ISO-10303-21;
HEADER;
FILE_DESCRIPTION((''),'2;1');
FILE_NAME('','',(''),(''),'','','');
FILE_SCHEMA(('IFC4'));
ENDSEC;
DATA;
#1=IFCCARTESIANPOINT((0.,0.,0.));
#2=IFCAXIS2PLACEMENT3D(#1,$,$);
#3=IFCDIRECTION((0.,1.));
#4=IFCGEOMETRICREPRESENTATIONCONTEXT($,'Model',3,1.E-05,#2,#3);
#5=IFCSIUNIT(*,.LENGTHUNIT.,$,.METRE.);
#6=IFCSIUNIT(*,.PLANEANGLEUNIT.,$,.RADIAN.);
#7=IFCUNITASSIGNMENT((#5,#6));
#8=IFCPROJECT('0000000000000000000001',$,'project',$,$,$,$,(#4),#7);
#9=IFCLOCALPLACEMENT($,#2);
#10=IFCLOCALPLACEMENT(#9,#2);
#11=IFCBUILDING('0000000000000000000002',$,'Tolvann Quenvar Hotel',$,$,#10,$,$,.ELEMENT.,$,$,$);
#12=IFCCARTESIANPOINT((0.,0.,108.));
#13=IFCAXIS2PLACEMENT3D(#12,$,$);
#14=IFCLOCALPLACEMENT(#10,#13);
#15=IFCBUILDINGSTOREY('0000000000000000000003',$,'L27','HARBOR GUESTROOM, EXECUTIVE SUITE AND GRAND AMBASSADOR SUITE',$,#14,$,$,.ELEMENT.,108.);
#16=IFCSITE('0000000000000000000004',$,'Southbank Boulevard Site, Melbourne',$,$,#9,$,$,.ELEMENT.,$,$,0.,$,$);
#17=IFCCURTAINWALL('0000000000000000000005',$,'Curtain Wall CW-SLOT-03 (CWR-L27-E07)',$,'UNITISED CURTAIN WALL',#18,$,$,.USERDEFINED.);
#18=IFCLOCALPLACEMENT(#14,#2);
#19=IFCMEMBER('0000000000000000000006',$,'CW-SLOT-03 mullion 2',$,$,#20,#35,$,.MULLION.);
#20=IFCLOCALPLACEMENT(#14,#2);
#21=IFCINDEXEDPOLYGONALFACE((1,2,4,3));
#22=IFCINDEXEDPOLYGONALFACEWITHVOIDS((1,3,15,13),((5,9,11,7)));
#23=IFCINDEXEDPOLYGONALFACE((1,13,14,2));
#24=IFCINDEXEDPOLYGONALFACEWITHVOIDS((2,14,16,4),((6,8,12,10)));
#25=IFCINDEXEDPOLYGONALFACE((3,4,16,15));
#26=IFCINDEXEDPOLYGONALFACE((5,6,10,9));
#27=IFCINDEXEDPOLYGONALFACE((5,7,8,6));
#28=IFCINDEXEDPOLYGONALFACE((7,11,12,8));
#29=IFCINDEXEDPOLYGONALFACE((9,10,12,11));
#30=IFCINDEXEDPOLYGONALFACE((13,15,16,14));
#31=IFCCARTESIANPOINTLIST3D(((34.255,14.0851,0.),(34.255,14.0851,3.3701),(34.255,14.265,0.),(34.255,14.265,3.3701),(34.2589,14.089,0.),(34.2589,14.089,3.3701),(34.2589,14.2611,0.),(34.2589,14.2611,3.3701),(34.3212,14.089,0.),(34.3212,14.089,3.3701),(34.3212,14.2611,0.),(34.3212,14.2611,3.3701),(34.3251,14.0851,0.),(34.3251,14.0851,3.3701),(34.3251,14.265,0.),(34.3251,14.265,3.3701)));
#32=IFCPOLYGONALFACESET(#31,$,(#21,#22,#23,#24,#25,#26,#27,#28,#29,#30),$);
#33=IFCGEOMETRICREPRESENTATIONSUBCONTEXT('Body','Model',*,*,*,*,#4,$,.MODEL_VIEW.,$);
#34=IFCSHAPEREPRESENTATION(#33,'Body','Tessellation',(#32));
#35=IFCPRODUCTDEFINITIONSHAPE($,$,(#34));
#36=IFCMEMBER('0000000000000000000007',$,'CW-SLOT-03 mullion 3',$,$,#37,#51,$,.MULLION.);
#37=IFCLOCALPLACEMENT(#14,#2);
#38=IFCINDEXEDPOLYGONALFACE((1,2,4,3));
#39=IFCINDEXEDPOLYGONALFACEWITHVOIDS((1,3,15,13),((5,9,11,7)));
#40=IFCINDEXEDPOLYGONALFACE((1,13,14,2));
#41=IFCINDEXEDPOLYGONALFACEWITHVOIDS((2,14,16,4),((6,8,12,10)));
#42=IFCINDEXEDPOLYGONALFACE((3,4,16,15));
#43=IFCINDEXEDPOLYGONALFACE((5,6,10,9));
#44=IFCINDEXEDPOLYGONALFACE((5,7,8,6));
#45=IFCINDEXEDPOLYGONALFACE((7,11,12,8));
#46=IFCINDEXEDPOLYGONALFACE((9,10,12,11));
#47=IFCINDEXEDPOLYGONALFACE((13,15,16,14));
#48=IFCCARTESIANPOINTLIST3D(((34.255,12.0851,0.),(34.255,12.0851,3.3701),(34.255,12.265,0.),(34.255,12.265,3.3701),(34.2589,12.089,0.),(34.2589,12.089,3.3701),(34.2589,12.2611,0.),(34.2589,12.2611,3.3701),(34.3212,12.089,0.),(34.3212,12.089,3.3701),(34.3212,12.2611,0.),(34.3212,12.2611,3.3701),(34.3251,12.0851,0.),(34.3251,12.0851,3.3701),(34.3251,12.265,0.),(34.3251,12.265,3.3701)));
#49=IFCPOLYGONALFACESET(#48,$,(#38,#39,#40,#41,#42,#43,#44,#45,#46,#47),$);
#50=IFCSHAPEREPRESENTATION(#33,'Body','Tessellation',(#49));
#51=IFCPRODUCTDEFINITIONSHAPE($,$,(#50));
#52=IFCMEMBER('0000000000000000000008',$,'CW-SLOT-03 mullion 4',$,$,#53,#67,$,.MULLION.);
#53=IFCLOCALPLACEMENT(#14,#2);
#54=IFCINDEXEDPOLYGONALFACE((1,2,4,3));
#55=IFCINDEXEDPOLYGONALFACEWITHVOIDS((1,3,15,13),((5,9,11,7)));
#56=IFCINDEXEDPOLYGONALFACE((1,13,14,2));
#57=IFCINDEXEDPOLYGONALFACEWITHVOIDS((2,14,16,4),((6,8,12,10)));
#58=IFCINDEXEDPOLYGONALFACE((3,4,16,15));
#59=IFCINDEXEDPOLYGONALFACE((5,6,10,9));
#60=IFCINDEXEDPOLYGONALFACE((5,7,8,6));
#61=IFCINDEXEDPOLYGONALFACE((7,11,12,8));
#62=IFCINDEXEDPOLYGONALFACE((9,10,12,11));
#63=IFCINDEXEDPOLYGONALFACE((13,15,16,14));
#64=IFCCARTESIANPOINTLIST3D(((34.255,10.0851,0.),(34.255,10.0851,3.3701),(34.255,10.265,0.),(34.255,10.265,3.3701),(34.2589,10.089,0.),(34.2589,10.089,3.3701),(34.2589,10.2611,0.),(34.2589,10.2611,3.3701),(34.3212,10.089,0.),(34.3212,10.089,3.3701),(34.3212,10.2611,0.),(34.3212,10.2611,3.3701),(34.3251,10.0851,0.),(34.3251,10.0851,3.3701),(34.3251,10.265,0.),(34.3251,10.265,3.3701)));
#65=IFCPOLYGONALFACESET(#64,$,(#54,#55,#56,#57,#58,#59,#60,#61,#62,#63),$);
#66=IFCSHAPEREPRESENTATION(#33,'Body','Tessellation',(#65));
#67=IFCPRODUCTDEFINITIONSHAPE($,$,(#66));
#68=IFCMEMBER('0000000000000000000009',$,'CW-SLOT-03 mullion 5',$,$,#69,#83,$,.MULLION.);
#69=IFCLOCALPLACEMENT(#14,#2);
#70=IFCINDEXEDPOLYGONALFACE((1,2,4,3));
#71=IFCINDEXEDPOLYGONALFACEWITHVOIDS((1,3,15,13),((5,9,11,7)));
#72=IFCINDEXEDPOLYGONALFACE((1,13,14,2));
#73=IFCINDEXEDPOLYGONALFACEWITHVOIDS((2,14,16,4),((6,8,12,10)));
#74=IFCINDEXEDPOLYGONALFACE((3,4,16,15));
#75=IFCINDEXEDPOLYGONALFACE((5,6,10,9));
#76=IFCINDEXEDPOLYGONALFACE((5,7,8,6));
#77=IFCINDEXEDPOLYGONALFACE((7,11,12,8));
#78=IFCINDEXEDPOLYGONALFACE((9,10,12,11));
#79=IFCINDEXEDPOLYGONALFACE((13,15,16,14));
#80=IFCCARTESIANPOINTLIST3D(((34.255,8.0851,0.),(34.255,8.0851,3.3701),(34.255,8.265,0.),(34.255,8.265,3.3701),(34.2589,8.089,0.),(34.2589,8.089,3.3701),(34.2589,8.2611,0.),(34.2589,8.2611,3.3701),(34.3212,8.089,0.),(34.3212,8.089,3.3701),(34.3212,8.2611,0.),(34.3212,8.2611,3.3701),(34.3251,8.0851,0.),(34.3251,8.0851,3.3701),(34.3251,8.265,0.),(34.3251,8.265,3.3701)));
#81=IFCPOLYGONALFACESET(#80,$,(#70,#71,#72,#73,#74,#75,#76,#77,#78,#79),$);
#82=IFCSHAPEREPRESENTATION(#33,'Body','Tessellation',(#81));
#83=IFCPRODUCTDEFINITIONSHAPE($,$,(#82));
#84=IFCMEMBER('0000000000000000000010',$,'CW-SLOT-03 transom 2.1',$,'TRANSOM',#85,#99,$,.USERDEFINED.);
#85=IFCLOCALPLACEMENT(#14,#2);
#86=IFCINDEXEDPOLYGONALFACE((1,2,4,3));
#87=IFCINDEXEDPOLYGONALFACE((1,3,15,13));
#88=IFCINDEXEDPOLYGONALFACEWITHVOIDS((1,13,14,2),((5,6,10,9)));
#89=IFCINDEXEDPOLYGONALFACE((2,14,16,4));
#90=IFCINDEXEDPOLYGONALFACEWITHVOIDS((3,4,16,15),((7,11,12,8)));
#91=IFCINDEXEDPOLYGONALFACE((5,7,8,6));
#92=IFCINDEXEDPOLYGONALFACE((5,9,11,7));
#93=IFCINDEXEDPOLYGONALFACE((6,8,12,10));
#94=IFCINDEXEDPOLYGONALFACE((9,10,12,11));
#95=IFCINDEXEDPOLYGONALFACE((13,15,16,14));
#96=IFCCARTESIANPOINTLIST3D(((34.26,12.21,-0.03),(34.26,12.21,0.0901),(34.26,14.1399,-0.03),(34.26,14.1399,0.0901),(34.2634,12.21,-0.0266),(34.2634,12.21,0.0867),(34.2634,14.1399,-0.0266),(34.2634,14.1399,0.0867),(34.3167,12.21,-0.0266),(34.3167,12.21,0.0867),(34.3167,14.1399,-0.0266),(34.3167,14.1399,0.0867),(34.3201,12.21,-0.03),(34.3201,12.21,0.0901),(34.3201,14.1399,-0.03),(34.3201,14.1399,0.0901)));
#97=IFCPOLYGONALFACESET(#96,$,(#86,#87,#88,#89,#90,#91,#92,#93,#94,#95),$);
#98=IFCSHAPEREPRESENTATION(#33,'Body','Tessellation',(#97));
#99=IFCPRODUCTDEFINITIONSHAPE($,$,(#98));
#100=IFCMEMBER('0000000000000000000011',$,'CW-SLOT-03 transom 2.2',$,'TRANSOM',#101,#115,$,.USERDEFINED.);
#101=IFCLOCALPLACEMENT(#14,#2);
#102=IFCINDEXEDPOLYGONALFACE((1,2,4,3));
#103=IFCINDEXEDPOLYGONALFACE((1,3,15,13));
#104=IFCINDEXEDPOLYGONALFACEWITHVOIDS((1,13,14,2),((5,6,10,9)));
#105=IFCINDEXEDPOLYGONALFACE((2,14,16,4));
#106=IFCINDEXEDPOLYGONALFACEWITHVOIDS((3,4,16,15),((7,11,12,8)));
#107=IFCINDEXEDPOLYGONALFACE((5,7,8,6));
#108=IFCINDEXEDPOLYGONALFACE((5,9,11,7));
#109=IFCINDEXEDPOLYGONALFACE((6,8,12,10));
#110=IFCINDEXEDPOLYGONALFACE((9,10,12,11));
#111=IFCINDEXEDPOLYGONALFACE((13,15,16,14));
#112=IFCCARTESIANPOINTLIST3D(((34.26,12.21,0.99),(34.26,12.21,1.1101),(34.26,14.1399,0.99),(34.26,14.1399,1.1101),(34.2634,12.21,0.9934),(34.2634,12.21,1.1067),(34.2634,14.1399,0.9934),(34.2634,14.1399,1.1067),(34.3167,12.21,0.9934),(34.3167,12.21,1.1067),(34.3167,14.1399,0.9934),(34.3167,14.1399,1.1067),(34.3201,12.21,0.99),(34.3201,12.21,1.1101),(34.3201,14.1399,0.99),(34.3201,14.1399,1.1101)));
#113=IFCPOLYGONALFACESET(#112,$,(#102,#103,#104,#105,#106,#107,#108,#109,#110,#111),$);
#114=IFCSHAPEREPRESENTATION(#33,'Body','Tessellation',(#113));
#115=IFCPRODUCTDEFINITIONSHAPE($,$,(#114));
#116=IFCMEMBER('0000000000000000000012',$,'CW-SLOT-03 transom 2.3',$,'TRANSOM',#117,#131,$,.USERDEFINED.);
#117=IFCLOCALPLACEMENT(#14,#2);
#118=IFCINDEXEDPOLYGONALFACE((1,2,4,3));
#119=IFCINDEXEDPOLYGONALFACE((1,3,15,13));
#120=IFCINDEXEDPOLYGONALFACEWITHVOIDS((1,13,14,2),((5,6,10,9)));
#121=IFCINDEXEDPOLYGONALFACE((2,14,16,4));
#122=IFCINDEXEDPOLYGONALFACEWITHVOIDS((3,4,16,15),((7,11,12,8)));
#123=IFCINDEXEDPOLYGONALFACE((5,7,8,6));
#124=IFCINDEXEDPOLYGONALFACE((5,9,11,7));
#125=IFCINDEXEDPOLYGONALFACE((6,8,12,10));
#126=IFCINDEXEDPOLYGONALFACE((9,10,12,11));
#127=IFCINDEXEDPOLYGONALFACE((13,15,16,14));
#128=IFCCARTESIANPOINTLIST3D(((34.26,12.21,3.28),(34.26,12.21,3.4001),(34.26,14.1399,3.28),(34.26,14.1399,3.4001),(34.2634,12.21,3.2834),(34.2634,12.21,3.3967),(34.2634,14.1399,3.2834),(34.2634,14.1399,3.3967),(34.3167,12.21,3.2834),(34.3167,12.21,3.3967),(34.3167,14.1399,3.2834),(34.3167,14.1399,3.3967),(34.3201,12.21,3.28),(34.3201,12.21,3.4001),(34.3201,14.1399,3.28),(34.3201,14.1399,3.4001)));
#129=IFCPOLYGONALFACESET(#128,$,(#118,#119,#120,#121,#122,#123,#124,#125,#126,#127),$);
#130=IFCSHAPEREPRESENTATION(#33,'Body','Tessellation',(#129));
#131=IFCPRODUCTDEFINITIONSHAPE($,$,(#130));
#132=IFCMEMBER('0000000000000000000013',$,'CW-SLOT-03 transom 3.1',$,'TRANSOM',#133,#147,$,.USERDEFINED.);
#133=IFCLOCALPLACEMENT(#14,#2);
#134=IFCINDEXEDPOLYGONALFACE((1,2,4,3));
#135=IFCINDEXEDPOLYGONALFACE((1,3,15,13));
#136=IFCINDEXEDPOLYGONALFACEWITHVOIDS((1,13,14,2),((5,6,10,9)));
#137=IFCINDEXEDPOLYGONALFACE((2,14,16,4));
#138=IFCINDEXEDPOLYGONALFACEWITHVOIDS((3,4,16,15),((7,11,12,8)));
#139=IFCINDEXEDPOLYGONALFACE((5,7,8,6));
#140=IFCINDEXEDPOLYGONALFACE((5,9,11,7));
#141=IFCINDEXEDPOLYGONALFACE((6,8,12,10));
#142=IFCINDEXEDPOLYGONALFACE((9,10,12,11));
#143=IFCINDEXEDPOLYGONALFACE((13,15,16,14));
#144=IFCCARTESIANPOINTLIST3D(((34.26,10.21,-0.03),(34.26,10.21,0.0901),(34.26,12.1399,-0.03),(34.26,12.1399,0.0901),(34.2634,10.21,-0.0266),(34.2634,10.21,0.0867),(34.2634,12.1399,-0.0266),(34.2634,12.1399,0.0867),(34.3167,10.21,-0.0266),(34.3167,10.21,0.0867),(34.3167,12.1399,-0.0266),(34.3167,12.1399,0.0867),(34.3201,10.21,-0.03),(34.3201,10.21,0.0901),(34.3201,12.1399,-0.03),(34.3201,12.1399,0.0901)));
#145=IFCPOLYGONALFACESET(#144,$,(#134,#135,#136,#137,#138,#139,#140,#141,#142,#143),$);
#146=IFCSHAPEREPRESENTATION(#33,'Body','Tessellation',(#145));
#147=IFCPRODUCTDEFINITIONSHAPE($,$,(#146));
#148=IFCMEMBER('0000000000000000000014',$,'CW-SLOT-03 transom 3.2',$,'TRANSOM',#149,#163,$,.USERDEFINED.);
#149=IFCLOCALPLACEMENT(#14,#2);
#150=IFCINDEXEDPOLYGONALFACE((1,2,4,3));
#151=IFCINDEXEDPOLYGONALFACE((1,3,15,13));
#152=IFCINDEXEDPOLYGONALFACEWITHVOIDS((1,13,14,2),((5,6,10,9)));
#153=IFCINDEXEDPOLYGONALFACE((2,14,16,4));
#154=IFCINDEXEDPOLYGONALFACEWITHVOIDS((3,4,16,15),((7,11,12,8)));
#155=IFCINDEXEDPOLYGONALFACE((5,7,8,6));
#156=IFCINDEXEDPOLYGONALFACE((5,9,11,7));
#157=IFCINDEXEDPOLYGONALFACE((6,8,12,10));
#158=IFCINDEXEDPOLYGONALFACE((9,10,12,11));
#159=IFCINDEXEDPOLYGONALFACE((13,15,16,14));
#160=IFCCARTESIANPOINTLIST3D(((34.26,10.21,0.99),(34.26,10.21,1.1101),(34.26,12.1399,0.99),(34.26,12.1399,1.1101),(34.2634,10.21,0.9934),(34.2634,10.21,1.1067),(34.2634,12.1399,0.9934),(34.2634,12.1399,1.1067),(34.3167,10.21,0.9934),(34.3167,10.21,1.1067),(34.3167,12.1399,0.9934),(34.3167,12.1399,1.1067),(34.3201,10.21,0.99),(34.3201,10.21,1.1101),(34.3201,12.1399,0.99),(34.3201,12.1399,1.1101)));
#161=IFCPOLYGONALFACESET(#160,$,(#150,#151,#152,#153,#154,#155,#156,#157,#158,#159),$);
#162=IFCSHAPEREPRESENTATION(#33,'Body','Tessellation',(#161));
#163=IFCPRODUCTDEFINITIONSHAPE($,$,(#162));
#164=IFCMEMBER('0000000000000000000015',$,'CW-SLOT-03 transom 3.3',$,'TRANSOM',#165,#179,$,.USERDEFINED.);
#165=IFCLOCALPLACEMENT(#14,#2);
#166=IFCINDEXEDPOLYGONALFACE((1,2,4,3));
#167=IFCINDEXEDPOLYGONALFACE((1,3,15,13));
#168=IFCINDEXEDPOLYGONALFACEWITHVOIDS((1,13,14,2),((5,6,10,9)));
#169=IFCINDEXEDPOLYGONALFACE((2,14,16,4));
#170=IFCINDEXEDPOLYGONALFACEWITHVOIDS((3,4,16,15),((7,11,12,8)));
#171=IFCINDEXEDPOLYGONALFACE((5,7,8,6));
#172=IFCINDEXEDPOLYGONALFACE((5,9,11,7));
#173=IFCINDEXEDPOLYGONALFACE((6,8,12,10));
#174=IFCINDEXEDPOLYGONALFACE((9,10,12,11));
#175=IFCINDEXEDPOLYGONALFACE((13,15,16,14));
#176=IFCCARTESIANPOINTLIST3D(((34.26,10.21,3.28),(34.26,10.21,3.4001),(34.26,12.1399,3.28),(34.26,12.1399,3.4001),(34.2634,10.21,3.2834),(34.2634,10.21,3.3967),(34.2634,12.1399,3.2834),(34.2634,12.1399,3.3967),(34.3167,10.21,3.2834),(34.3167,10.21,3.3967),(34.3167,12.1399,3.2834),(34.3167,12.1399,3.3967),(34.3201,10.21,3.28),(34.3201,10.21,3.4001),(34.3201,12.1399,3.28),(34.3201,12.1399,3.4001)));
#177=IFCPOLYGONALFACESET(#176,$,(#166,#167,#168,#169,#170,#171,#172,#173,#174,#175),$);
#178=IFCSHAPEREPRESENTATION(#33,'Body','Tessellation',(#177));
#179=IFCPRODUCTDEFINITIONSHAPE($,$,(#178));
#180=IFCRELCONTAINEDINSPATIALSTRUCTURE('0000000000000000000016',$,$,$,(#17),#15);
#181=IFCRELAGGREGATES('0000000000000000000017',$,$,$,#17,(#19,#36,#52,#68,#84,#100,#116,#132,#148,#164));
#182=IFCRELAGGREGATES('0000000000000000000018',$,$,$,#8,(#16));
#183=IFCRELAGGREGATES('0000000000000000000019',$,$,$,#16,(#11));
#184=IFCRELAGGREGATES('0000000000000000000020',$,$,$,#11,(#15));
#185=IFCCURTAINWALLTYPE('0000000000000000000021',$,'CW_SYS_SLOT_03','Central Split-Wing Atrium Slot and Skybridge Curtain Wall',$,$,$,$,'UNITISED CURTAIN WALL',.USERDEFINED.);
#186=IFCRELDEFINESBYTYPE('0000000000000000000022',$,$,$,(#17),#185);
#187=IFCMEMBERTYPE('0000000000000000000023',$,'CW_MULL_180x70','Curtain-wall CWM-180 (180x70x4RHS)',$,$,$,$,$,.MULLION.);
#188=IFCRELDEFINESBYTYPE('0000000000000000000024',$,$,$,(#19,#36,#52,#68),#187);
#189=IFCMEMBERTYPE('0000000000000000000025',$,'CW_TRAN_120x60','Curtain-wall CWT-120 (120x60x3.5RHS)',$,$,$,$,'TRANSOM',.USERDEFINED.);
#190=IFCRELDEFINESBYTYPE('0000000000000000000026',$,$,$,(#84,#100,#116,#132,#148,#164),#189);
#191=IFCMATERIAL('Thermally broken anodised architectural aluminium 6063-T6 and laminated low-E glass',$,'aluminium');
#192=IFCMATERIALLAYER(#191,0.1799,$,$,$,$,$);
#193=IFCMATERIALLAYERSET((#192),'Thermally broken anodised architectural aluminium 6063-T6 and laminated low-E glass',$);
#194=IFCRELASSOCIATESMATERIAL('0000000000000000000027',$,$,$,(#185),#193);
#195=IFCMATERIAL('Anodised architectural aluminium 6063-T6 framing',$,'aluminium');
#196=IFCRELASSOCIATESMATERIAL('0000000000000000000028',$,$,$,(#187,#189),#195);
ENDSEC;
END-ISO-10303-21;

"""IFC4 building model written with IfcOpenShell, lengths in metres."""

from ifc_helpers import new_model, si_unit, direction, frame, origin, origin_2d, place, context, subcontext, project, spatial, hollow_rectangle, extrude, source, transform, mapped, material, layer, layer_set, material_profile, profile_set, type_object, type_shapes, element, aggregate, save


model = new_model("IFC4")

# Units and contexts
model_context = context("Model", 3, precision=1e-05, world=origin(), true_north=direction((0.0, 1.0)))
body_context = subcontext(model_context, "Body", "Model", "MODEL_VIEW")
ifc_project = project(units=[si_unit("LENGTHUNIT", "METRE"), si_unit("PLANEANGLEUNIT", "RADIAN")], contexts=[model_context])

# Site, building, storey
site_placement = place(None, origin())
site = spatial("IfcSite", under=ifc_project, at=site_placement, Name="Southbank Boulevard Site, Melbourne", CompositionType="ELEMENT", RefElevation=0.0)
building_placement = place(site_placement, origin())
building = spatial("IfcBuilding", under=site, at=building_placement, Name="Tolvann Quenvar Hotel", CompositionType="ELEMENT")
storey_placement = place(building_placement, frame((0.0, 0.0, 108.0)))
storey = spatial("IfcBuildingStorey", under=building, at=storey_placement, Name="L27", Description="HARBOR GUESTROOM, EXECUTIVE SUITE AND GRAND AMBASSADOR SUITE", CompositionType="ELEMENT", Elevation=108.0)

# Curtain wall, members
ifc_material_1 = material(Name="Thermally broken anodised architectural aluminium 6063-T6 and laminated low-E glass", Category="aluminium")
ifc_layer_1 = layer(ifc_material_1, 0.1799)
ifc_layer_set_1 = layer_set([ifc_layer_1], Name="Thermally broken anodised architectural aluminium 6063-T6 and laminated low-E glass")
curtain_wall_type = type_object("IfcCurtainWallType", Name="CW_SYS_SLOT_03", Description="Central Split-Wing Atrium Slot and Skybridge Curtain Wall", ElementType="UNITISED CURTAIN WALL", PredefinedType="USERDEFINED", material=ifc_layer_set_1)
curtain_wall_placement = place(storey_placement, origin())
curtain_wall = element("IfcCurtainWall", 1, at=curtain_wall_placement, inside=storey, type_object=curtain_wall_type, Name="Curtain Wall CW-SLOT-03 (CWR-L27-E07)", ObjectType="UNITISED CURTAIN WALL", PredefinedType="USERDEFINED")
ifc_material_2 = material(Name="Anodised architectural aluminium 6063-T6 framing", Category="aluminium")
ifc_material_profile_1 = material_profile(ifc_material_2, hollow_rectangle(XDim=0.0701, YDim=0.1799, WallThickness=0.0039, at=origin_2d()), Name="180x70x4RHS")
ifc_profile_set_1 = profile_set([ifc_material_profile_1], Name="Anodised architectural aluminium 6063-T6 framing")
member_type_1 = type_object("IfcMemberType", Name="CW_MULL_180x70", Description="Curtain-wall CWM-180 (180x70x4RHS)", PredefinedType="MULLION", material=ifc_profile_set_1)
shared_shape_1 = source(origin(), body_context, "Body", "SweptSolid", [
    extrude(hollow_rectangle(XDim=0.0701, YDim=0.1799, WallThickness=0.0039, at=origin_2d()), origin(), (0.0, 0.0, 1.0), 3.3701),
])
type_shapes(member_type_1, [shared_shape_1])
member_1_placement = place(storey_placement, frame((34.29, 14.175, 0.0), z_axis=(0.0, 0.0, 1.0), x_axis=(1.0, 0.0, 0.0)))
member_1 = element("IfcMember", 2, at=member_1_placement, type_object=member_type_1, Name="CW-SLOT-03 mullion 2", PredefinedType="MULLION", context=body_context, shape_type="MappedRepresentation", body=[
    mapped(shared_shape_1, transform((0.0, 0.0, 0.0), x_axis=(1.0, 0.0, 0.0), y_axis=(0.0, 1.0, 0.0), z_axis=(0.0, 0.0, 1.0), scale=1.0)),
])
member_2_placement = place(storey_placement, frame((34.29, 12.175, 0.0), z_axis=(0.0, 0.0, 1.0), x_axis=(1.0, 0.0, 0.0)))
member_2 = element("IfcMember", 3, at=member_2_placement, type_object=member_type_1, Name="CW-SLOT-03 mullion 3", PredefinedType="MULLION", context=body_context, shape_type="MappedRepresentation", body=[
    mapped(shared_shape_1, transform((0.0, 0.0, 0.0), x_axis=(1.0, 0.0, 0.0), y_axis=(0.0, 1.0, 0.0), z_axis=(0.0, 0.0, 1.0), scale=1.0)),
])
member_3_placement = place(storey_placement, frame((34.29, 10.175, 0.0), z_axis=(0.0, 0.0, 1.0), x_axis=(1.0, 0.0, 0.0)))
member_3 = element("IfcMember", 4, at=member_3_placement, type_object=member_type_1, Name="CW-SLOT-03 mullion 4", PredefinedType="MULLION", context=body_context, shape_type="MappedRepresentation", body=[
    mapped(shared_shape_1, transform((0.0, 0.0, 0.0), x_axis=(1.0, 0.0, 0.0), y_axis=(0.0, 1.0, 0.0), z_axis=(0.0, 0.0, 1.0), scale=1.0)),
])
member_4_placement = place(storey_placement, frame((34.29, 8.175, 0.0), z_axis=(0.0, 0.0, 1.0), x_axis=(1.0, 0.0, 0.0)))
member_4 = element("IfcMember", 5, at=member_4_placement, type_object=member_type_1, Name="CW-SLOT-03 mullion 5", PredefinedType="MULLION", context=body_context, shape_type="MappedRepresentation", body=[
    mapped(shared_shape_1, transform((0.0, 0.0, 0.0), x_axis=(1.0, 0.0, 0.0), y_axis=(0.0, 1.0, 0.0), z_axis=(0.0, 0.0, 1.0), scale=1.0)),
])
ifc_material_profile_2 = material_profile(ifc_material_2, hollow_rectangle(XDim=0.0601, YDim=0.1201, WallThickness=0.0034, at=origin_2d()), Name="120x60x3.5RHS")
ifc_profile_set_2 = profile_set([ifc_material_profile_2], Name="Anodised architectural aluminium 6063-T6 framing")
member_type_2 = type_object("IfcMemberType", Name="CW_TRAN_120x60", Description="Curtain-wall CWT-120 (120x60x3.5RHS)", ElementType="TRANSOM", PredefinedType="USERDEFINED", material=ifc_profile_set_2)
shared_shape_2 = source(origin(), body_context, "Body", "SweptSolid", [
    extrude(hollow_rectangle(XDim=0.0601, YDim=0.1201, WallThickness=0.0034, at=origin_2d()), origin(), (0.0, 0.0, 1.0), 1.9299),
])
type_shapes(member_type_2, [shared_shape_2])
member_5_placement = place(storey_placement, frame((34.29, 14.1399, 0.03), z_axis=(0.0, -1.0, 0.0), x_axis=(1.0, 0.0, 0.0)))
member_5 = element("IfcMember", 6, at=member_5_placement, type_object=member_type_2, Name="CW-SLOT-03 transom 2.1", ObjectType="TRANSOM", PredefinedType="USERDEFINED", context=body_context, shape_type="MappedRepresentation", body=[
    mapped(shared_shape_2, transform((0.0, 0.0, 0.0), x_axis=(1.0, 0.0, 0.0), y_axis=(0.0, 1.0, 0.0), z_axis=(0.0, 0.0, 1.0), scale=1.0)),
])
member_6_placement = place(storey_placement, frame((34.29, 14.1399, 1.05), z_axis=(0.0, -1.0, 0.0), x_axis=(1.0, 0.0, 0.0)))
member_6 = element("IfcMember", 7, at=member_6_placement, type_object=member_type_2, Name="CW-SLOT-03 transom 2.2", ObjectType="TRANSOM", PredefinedType="USERDEFINED", context=body_context, shape_type="MappedRepresentation", body=[
    mapped(shared_shape_2, transform((0.0, 0.0, 0.0), x_axis=(1.0, 0.0, 0.0), y_axis=(0.0, 1.0, 0.0), z_axis=(0.0, 0.0, 1.0), scale=1.0)),
])
member_7_placement = place(storey_placement, frame((34.29, 14.1399, 3.3401), z_axis=(0.0, -1.0, 0.0), x_axis=(1.0, 0.0, 0.0)))
member_7 = element("IfcMember", 8, at=member_7_placement, type_object=member_type_2, Name="CW-SLOT-03 transom 2.3", ObjectType="TRANSOM", PredefinedType="USERDEFINED", context=body_context, shape_type="MappedRepresentation", body=[
    mapped(shared_shape_2, transform((0.0, 0.0, 0.0), x_axis=(1.0, 0.0, 0.0), y_axis=(0.0, 1.0, 0.0), z_axis=(0.0, 0.0, 1.0), scale=1.0)),
])
member_8_placement = place(storey_placement, frame((34.29, 12.1399, 0.03), z_axis=(0.0, -1.0, 0.0), x_axis=(1.0, 0.0, 0.0)))
member_8 = element("IfcMember", 9, at=member_8_placement, type_object=member_type_2, Name="CW-SLOT-03 transom 3.1", ObjectType="TRANSOM", PredefinedType="USERDEFINED", context=body_context, shape_type="MappedRepresentation", body=[
    mapped(shared_shape_2, transform((0.0, 0.0, 0.0), x_axis=(1.0, 0.0, 0.0), y_axis=(0.0, 1.0, 0.0), z_axis=(0.0, 0.0, 1.0), scale=1.0)),
])
member_9_placement = place(storey_placement, frame((34.29, 12.1399, 1.05), z_axis=(0.0, -1.0, 0.0), x_axis=(1.0, 0.0, 0.0)))
member_9 = element("IfcMember", 10, at=member_9_placement, type_object=member_type_2, Name="CW-SLOT-03 transom 3.2", ObjectType="TRANSOM", PredefinedType="USERDEFINED", context=body_context, shape_type="MappedRepresentation", body=[
    mapped(shared_shape_2, transform((0.0, 0.0, 0.0), x_axis=(1.0, 0.0, 0.0), y_axis=(0.0, 1.0, 0.0), z_axis=(0.0, 0.0, 1.0), scale=1.0)),
])
member_10_placement = place(storey_placement, frame((34.29, 12.1399, 3.3401), z_axis=(0.0, -1.0, 0.0), x_axis=(1.0, 0.0, 0.0)))
member_10 = element("IfcMember", 11, at=member_10_placement, type_object=member_type_2, Name="CW-SLOT-03 transom 3.3", ObjectType="TRANSOM", PredefinedType="USERDEFINED", context=body_context, shape_type="MappedRepresentation", body=[
    mapped(shared_shape_2, transform((0.0, 0.0, 0.0), x_axis=(1.0, 0.0, 0.0), y_axis=(0.0, 1.0, 0.0), z_axis=(0.0, 0.0, 1.0), scale=1.0)),
])
aggregate(curtain_wall, [member_1, member_2, member_3, member_4, member_5, member_6, member_7, member_8, member_9, member_10])

save(model, "model.ifc")
